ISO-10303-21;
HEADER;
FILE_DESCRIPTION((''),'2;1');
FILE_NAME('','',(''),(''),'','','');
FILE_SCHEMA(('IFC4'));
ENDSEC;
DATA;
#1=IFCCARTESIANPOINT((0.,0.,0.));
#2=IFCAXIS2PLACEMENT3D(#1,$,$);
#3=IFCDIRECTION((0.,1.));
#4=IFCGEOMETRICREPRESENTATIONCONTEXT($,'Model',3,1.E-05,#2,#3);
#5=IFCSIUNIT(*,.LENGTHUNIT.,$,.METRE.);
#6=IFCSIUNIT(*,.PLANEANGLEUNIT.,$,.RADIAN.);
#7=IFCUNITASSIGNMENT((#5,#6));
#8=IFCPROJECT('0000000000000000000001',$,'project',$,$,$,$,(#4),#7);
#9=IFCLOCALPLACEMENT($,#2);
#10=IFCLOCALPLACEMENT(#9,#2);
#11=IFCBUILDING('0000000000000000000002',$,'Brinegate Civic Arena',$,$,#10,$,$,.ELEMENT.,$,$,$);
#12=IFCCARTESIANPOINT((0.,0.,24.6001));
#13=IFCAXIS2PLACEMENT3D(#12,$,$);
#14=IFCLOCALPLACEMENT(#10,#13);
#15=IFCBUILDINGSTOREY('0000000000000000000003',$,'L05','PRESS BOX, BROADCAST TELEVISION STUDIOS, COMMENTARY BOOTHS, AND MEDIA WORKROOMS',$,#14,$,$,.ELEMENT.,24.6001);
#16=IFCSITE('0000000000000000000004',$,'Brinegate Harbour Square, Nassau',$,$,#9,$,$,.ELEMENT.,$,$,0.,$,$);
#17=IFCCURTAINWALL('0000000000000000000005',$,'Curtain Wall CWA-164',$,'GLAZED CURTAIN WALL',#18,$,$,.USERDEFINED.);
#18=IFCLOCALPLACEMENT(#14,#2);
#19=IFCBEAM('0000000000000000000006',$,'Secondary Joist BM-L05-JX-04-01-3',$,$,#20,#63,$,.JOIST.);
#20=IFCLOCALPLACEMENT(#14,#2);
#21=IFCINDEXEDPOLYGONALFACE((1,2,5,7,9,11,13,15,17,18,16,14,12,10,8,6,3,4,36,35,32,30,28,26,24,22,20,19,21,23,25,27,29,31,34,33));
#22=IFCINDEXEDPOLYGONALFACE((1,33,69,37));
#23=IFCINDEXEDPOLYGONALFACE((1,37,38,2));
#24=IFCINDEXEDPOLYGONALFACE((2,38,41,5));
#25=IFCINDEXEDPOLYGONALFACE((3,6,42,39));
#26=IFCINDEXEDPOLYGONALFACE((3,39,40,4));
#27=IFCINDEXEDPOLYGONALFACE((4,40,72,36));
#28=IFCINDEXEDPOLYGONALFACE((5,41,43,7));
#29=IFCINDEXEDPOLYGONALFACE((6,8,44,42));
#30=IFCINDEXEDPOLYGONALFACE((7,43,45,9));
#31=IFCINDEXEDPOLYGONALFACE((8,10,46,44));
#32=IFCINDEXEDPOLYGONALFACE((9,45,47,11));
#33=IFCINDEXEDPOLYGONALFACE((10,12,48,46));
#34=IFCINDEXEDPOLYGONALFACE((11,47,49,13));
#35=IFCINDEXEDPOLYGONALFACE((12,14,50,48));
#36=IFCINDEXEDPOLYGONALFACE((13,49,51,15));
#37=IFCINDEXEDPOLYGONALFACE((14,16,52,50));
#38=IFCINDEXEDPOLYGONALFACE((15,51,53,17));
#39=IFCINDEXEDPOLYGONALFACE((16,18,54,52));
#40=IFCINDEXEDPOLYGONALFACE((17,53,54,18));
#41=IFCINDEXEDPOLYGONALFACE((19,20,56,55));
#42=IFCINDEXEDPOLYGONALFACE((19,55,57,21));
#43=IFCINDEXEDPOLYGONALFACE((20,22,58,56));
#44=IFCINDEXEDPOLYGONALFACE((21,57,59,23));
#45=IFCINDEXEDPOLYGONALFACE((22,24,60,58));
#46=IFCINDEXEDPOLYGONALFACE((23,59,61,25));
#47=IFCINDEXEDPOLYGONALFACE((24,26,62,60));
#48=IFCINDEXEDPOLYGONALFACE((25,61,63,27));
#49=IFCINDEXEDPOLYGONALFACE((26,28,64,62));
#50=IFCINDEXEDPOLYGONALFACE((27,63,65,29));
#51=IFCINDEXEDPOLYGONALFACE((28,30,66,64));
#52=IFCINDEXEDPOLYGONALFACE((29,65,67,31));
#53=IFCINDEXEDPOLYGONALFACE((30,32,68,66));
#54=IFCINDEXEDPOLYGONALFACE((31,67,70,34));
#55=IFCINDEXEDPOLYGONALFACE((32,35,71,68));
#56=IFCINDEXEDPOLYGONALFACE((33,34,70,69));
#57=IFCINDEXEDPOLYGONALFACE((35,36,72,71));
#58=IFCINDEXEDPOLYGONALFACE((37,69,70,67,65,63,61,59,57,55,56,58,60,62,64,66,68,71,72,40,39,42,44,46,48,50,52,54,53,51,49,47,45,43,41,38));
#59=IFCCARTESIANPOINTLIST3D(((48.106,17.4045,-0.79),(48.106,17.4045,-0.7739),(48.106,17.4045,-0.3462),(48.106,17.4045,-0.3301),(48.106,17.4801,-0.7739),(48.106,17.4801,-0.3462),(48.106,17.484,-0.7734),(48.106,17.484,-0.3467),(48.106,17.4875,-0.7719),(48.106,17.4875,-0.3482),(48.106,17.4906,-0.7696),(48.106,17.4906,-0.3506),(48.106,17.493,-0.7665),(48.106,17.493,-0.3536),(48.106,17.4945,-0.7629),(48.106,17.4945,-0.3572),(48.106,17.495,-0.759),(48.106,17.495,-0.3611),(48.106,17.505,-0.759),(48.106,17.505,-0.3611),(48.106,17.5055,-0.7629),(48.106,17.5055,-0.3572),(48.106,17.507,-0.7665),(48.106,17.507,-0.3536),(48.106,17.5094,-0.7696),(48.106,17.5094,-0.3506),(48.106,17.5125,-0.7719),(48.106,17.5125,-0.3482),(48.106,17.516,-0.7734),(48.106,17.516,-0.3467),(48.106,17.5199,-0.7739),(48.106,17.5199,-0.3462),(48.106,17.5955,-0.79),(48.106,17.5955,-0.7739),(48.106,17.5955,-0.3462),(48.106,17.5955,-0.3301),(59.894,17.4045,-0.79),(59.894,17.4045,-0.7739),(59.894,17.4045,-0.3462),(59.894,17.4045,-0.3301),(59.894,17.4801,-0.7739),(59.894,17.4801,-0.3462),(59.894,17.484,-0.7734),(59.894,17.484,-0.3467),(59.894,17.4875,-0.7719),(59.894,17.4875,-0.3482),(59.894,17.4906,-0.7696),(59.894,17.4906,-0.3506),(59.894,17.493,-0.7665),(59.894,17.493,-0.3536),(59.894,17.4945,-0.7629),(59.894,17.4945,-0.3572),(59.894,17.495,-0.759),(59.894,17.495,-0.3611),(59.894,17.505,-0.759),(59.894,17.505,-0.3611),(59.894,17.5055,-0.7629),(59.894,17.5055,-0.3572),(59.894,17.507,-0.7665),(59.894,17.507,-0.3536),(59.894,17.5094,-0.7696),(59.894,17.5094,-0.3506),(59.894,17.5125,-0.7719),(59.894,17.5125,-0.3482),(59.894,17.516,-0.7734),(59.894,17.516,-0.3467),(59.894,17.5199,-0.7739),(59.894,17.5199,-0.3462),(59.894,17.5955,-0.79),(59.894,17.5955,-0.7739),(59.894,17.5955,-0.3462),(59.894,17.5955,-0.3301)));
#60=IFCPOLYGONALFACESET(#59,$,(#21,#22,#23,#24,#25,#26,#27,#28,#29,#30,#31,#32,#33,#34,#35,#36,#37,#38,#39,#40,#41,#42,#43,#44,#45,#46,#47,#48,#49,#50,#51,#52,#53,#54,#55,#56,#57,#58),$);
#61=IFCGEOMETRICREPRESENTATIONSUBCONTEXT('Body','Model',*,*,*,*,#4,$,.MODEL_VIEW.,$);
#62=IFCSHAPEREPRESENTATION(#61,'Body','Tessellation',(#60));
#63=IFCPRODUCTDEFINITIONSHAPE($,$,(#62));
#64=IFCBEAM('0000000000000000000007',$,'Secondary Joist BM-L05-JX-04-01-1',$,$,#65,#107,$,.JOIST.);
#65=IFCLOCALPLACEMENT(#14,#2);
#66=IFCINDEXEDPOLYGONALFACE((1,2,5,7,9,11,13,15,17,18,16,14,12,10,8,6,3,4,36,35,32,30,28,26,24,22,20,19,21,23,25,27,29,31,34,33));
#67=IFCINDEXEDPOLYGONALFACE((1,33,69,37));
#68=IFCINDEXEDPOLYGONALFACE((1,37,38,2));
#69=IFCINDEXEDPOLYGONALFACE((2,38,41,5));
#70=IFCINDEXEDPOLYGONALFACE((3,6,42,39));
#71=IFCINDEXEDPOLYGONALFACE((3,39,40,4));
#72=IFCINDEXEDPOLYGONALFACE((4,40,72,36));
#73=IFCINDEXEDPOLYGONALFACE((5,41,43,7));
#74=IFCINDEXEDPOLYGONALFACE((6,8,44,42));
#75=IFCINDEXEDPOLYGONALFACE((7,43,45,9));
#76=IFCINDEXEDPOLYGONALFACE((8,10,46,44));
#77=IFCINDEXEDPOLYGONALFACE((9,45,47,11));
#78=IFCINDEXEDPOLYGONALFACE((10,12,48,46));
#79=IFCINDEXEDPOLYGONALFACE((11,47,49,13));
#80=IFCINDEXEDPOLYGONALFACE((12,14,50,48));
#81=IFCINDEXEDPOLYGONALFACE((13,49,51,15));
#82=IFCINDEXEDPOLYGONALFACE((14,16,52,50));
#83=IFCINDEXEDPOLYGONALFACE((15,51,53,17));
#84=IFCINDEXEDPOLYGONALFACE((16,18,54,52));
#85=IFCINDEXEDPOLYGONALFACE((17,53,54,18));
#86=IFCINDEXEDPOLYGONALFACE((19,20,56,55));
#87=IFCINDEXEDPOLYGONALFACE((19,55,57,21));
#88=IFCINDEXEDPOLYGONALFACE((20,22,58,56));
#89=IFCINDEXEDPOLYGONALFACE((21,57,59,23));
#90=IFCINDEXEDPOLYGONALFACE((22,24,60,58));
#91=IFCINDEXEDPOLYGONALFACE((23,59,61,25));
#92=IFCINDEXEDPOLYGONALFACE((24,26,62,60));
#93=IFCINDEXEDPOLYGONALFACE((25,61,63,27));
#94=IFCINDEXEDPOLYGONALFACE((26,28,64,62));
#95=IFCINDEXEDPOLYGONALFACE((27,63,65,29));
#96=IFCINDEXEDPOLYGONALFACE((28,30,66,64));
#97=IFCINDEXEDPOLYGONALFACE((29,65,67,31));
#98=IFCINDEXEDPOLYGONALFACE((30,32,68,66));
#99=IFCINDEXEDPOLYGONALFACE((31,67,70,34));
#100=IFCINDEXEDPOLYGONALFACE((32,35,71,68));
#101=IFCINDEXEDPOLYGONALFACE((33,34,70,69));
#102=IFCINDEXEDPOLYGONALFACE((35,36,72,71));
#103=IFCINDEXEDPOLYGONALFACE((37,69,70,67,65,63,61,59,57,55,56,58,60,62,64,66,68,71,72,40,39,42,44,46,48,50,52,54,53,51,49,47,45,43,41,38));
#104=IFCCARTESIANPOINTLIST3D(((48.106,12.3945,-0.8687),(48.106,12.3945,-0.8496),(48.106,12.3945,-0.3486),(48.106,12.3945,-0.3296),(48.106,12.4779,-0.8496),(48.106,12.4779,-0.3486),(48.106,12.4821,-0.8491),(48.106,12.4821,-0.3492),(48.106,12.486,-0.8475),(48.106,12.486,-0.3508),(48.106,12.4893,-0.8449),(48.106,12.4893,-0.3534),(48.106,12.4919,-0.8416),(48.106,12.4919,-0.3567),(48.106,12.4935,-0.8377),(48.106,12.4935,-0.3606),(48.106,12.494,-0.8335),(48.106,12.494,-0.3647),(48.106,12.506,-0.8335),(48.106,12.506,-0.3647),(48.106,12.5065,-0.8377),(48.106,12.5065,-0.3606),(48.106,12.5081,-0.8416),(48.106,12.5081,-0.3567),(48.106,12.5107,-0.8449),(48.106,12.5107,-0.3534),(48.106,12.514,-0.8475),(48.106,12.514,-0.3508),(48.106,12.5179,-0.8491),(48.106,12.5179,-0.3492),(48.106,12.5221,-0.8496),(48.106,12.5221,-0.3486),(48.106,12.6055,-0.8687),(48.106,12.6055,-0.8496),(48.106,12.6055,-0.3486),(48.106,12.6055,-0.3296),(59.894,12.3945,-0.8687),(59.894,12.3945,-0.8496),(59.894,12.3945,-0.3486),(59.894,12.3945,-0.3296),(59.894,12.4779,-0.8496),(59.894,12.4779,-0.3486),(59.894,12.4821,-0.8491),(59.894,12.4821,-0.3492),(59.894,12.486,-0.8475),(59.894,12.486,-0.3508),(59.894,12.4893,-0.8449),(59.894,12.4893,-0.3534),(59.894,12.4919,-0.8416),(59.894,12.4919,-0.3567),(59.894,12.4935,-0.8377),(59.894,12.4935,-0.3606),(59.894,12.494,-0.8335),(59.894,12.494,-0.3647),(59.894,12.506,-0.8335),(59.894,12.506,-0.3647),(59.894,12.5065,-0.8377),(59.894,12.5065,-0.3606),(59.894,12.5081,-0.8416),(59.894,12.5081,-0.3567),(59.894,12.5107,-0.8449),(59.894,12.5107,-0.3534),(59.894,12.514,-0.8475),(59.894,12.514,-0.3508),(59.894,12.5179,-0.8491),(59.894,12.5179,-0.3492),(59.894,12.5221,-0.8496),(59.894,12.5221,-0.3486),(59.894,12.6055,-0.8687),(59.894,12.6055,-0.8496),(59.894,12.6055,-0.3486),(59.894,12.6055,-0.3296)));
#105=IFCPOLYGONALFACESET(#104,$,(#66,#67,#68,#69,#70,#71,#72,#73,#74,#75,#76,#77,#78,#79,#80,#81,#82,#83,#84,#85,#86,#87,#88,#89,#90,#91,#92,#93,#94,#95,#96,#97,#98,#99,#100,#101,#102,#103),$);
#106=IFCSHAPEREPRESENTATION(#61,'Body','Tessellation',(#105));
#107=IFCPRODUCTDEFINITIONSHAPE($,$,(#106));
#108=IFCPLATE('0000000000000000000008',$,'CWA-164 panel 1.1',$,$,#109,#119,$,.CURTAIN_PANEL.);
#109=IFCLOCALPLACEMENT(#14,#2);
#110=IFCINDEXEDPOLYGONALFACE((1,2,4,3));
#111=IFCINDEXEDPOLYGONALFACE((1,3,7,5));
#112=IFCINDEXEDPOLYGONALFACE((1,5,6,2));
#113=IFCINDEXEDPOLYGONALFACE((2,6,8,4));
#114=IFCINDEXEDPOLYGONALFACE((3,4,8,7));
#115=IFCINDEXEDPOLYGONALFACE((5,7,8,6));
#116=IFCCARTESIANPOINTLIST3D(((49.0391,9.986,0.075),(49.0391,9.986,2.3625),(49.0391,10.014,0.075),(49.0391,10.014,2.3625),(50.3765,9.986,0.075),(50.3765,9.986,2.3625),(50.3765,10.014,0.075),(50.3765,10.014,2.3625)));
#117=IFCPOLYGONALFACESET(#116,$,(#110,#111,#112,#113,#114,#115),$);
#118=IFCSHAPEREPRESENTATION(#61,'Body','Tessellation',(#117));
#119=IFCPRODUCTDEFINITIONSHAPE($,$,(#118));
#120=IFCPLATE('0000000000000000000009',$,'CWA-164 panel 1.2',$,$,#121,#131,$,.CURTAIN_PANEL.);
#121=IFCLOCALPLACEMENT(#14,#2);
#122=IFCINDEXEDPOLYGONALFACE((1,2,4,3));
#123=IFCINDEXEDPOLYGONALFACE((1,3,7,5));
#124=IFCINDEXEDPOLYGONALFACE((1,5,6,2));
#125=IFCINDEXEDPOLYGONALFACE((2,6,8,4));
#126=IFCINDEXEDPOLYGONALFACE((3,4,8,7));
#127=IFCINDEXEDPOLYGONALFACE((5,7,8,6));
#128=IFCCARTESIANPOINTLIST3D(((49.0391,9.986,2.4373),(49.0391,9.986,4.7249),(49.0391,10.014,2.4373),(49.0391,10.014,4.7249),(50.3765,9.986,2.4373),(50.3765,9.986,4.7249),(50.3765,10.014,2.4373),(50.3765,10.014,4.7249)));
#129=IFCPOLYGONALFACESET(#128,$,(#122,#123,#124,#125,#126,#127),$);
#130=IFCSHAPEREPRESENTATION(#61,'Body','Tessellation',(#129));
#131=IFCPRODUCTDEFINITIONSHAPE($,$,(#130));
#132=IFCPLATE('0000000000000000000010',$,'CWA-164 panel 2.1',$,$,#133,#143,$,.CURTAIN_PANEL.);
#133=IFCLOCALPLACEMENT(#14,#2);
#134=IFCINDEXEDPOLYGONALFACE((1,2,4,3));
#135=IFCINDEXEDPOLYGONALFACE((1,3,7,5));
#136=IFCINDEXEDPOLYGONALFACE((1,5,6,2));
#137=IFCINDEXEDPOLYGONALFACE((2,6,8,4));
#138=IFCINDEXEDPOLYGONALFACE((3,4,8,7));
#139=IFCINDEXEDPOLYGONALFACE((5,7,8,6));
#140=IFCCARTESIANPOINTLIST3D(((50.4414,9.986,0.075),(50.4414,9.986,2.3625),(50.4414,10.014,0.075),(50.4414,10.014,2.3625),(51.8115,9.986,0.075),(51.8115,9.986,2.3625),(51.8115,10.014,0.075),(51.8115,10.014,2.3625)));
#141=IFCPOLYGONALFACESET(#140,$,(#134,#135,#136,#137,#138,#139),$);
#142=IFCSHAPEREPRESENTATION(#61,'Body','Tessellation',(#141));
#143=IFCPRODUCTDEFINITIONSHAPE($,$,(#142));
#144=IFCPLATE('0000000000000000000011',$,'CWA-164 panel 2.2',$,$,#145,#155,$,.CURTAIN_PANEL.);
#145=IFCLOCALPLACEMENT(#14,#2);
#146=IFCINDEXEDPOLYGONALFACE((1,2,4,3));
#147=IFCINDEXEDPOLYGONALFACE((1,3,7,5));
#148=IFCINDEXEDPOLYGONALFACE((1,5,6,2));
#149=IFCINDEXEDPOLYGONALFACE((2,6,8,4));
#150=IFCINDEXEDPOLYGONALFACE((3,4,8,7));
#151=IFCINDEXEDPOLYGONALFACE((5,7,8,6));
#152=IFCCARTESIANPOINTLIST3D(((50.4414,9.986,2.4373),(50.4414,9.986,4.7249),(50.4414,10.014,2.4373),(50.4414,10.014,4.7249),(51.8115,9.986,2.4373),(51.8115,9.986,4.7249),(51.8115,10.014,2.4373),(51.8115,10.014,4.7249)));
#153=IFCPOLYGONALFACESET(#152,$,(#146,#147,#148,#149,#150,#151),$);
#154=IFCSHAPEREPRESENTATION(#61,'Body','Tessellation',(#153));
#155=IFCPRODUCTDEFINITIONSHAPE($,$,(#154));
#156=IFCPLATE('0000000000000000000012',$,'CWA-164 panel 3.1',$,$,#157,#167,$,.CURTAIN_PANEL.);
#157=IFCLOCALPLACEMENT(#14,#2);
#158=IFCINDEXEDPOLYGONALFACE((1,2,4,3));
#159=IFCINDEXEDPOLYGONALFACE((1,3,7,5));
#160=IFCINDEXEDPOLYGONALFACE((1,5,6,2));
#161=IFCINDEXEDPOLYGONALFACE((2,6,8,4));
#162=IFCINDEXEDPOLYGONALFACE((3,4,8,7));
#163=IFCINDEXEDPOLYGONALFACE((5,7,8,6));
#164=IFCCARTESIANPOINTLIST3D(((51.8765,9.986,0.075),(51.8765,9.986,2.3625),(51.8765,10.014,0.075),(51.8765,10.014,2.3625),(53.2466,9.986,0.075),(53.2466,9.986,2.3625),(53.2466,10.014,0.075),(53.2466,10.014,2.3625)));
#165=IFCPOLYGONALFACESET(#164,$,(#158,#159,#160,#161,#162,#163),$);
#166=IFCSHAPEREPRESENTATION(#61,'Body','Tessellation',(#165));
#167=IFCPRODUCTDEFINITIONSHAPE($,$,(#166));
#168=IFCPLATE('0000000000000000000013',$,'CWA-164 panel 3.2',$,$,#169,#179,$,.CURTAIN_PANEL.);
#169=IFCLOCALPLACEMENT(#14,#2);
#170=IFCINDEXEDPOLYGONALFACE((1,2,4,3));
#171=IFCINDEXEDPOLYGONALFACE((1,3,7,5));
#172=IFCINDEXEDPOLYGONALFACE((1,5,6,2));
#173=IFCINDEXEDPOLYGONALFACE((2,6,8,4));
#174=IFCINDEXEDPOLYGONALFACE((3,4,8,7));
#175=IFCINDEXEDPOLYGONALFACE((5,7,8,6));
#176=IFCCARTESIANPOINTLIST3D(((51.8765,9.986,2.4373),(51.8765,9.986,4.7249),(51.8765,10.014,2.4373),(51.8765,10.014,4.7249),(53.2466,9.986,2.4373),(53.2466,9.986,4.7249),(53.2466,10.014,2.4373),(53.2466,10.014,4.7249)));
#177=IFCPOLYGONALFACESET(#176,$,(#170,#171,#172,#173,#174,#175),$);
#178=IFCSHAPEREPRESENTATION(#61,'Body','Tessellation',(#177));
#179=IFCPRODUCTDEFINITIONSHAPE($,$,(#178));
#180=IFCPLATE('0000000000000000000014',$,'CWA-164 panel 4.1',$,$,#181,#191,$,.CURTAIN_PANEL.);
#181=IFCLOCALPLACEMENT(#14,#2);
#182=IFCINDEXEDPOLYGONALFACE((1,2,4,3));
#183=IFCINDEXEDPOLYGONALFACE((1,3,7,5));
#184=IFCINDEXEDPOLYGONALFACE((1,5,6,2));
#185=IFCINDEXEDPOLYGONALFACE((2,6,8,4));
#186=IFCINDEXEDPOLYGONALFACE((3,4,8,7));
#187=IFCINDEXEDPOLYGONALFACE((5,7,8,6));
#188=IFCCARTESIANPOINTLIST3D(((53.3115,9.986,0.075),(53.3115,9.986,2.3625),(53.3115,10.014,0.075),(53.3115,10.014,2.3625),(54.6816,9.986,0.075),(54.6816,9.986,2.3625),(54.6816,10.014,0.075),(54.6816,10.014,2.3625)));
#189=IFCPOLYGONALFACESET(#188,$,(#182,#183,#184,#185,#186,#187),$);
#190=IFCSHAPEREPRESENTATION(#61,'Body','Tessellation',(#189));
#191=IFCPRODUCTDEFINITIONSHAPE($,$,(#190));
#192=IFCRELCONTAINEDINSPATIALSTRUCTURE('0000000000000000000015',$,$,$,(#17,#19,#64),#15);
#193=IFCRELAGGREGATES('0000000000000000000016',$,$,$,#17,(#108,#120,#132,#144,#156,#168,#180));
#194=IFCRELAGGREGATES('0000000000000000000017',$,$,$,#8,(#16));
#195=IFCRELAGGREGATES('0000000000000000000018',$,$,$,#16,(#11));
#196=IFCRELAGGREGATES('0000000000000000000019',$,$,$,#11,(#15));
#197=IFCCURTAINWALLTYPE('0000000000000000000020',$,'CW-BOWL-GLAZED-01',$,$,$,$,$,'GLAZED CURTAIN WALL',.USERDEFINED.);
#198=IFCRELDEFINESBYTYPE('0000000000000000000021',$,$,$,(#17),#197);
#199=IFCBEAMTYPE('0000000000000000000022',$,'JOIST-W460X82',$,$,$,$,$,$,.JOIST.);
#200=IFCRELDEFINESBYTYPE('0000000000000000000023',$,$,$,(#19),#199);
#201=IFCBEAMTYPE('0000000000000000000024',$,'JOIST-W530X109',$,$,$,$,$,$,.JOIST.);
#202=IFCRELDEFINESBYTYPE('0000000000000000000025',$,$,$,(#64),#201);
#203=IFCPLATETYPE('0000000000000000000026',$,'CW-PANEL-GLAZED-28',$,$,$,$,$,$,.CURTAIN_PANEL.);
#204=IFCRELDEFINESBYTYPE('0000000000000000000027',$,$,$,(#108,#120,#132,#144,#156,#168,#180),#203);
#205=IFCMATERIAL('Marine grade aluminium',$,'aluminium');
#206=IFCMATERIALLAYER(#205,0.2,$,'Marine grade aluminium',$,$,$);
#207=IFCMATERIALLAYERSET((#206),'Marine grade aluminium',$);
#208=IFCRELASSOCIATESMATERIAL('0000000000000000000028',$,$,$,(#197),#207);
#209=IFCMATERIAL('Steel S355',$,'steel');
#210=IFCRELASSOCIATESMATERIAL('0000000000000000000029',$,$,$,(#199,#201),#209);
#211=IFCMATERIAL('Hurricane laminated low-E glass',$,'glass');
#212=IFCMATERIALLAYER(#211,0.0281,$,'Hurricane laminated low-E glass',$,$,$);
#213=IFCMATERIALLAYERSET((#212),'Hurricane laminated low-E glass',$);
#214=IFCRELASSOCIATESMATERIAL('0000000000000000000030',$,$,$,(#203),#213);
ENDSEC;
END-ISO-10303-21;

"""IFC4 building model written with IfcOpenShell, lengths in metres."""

from ifc_helpers import new_model, si_unit, direction, frame, origin, origin_2d, place, context, subcontext, project, spatial, rectangle, i_section, extrude, material, layer, layer_set, material_profile, profile_set, type_object, element, aggregate, save


model = new_model("IFC4")

# Units and contexts
model_context = context("Model", 3, precision=1e-05, world=origin(), true_north=direction((0.0, 1.0)))
body_context = subcontext(model_context, "Body", "Model", "MODEL_VIEW")
ifc_project = project(units=[si_unit("LENGTHUNIT", "METRE"), si_unit("PLANEANGLEUNIT", "RADIAN")], contexts=[model_context])

# Site, building, storey
site_placement = place(None, origin())
site = spatial("IfcSite", under=ifc_project, at=site_placement, Name="Brinegate Harbour Square, Nassau", CompositionType="ELEMENT", RefElevation=0.0)
building_placement = place(site_placement, origin())
building = spatial("IfcBuilding", under=site, at=building_placement, Name="Brinegate Civic Arena", CompositionType="ELEMENT")
storey_placement = place(building_placement, frame((0.0, 0.0, 24.6001)))
storey = spatial("IfcBuildingStorey", under=building, at=storey_placement, Name="L05", Description="PRESS BOX, BROADCAST TELEVISION STUDIOS, COMMENTARY BOOTHS, AND MEDIA WORKROOMS", CompositionType="ELEMENT", Elevation=24.6001)

# Curtain wall
ifc_material_1 = material(Name="Marine grade aluminium", Category="aluminium")
ifc_layer_1 = layer(ifc_material_1, 0.2, Name="Marine grade aluminium")
ifc_layer_set_1 = layer_set([ifc_layer_1], Name="Marine grade aluminium")
curtain_wall_type = type_object("IfcCurtainWallType", Name="CW-BOWL-GLAZED-01", ElementType="GLAZED CURTAIN WALL", PredefinedType="USERDEFINED", material=ifc_layer_set_1)
curtain_wall_placement = place(storey_placement, origin())
curtain_wall = element("IfcCurtainWall", 1, at=curtain_wall_placement, inside=storey, type_object=curtain_wall_type, Name="Curtain Wall CWA-164", ObjectType="GLAZED CURTAIN WALL", PredefinedType="USERDEFINED")

# Beams
ifc_material_2 = material(Name="Steel S355", Category="steel")
ifc_material_profile_1 = material_profile(ifc_material_2, i_section(OverallWidth=0.1909, OverallDepth=0.46, WebThickness=0.01, FlangeThickness=0.0161, FilletRadius=0.0149, at=origin_2d()), Name="W460X82")
ifc_profile_set_1 = profile_set([ifc_material_profile_1], Name="Steel S355")
beam_type_1 = type_object("IfcBeamType", Name="JOIST-W460X82", PredefinedType="JOIST", material=ifc_profile_set_1)
beam_1_placement = place(storey_placement, frame((48.106, 17.5, -0.5601), z_axis=(1.0, 0.0, 0.0), x_axis=(0.0, 1.0, 0.0)))
element("IfcBeam", 2, at=beam_1_placement, inside=storey, type_object=beam_type_1, Name="Secondary Joist BM-L05-JX-04-01-3", PredefinedType="JOIST", context=body_context, shape_type="SweptSolid", body=[
    extrude(i_section(OverallWidth=0.1909, OverallDepth=0.46, WebThickness=0.01, FlangeThickness=0.0161, FilletRadius=0.0149, at=origin_2d()), origin(), (0.0, 0.0, 1.0), 11.7881),
])
ifc_material_profile_2 = material_profile(ifc_material_2, i_section(OverallWidth=0.2109, OverallDepth=0.5391, WebThickness=0.012, FlangeThickness=0.019, FilletRadius=0.0161, at=origin_2d()), Name="W530X109")
ifc_profile_set_2 = profile_set([ifc_material_profile_2], Name="Steel S355")
beam_type_2 = type_object("IfcBeamType", Name="JOIST-W530X109", PredefinedType="JOIST", material=ifc_profile_set_2)
beam_2_placement = place(storey_placement, frame((48.106, 12.5, -0.5991), z_axis=(1.0, 0.0, 0.0), x_axis=(0.0, 1.0, 0.0)))
element("IfcBeam", 3, at=beam_2_placement, inside=storey, type_object=beam_type_2, Name="Secondary Joist BM-L05-JX-04-01-1", PredefinedType="JOIST", context=body_context, shape_type="SweptSolid", body=[
    extrude(i_section(OverallWidth=0.2109, OverallDepth=0.5391, WebThickness=0.012, FlangeThickness=0.019, FilletRadius=0.0161, at=origin_2d()), origin(), (0.0, 0.0, 1.0), 11.7881),
])

# Plates
ifc_material_3 = material(Name="Hurricane laminated low-E glass", Category="glass")
ifc_layer_2 = layer(ifc_material_3, 0.0281, Name="Hurricane laminated low-E glass")
ifc_layer_set_2 = layer_set([ifc_layer_2], Name="Hurricane laminated low-E glass")
plate_type = type_object("IfcPlateType", Name="CW-PANEL-GLAZED-28", PredefinedType="CURTAIN_PANEL", material=ifc_layer_set_2)
plate_1_placement = place(storey_placement, frame((49.7078, 10.0, 0.075), z_axis=(0.0, 0.0, 1.0), x_axis=(1.0, 0.0, 0.0)))
plate_1 = element("IfcPlate", 4, at=plate_1_placement, type_object=plate_type, Name="CWA-164 panel 1.1", PredefinedType="CURTAIN_PANEL", context=body_context, shape_type="SweptSolid", body=[
    extrude(rectangle(XDim=1.3374, YDim=0.0281, at=origin_2d()), origin(), (0.0, 0.0, 1.0), 2.2876),
])
plate_2_placement = place(storey_placement, frame((49.7078, 10.0, 2.4373), z_axis=(0.0, 0.0, 1.0), x_axis=(1.0, 0.0, 0.0)))
plate_2 = element("IfcPlate", 5, at=plate_2_placement, type_object=plate_type, Name="CWA-164 panel 1.2", PredefinedType="CURTAIN_PANEL", context=body_context, shape_type="SweptSolid", body=[
    extrude(rectangle(XDim=1.3374, YDim=0.0281, at=origin_2d()), origin(), (0.0, 0.0, 1.0), 2.2876),
])
plate_3_placement = place(storey_placement, frame((51.1265, 10.0, 0.075), z_axis=(0.0, 0.0, 1.0), x_axis=(1.0, 0.0, 0.0)))
plate_3 = element("IfcPlate", 6, at=plate_3_placement, type_object=plate_type, Name="CWA-164 panel 2.1", PredefinedType="CURTAIN_PANEL", context=body_context, shape_type="SweptSolid", body=[
    extrude(rectangle(XDim=1.3701, YDim=0.0281, at=origin_2d()), origin(), (0.0, 0.0, 1.0), 2.2876),
])
plate_4_placement = place(storey_placement, frame((51.1265, 10.0, 2.4373), z_axis=(0.0, 0.0, 1.0), x_axis=(1.0, 0.0, 0.0)))
plate_4 = element("IfcPlate", 7, at=plate_4_placement, type_object=plate_type, Name="CWA-164 panel 2.2", PredefinedType="CURTAIN_PANEL", context=body_context, shape_type="SweptSolid", body=[
    extrude(rectangle(XDim=1.3701, YDim=0.0281, at=origin_2d()), origin(), (0.0, 0.0, 1.0), 2.2876),
])
plate_5_placement = place(storey_placement, frame((52.5615, 10.0, 0.075), z_axis=(0.0, 0.0, 1.0), x_axis=(1.0, 0.0, 0.0)))
plate_5 = element("IfcPlate", 8, at=plate_5_placement, type_object=plate_type, Name="CWA-164 panel 3.1", PredefinedType="CURTAIN_PANEL", context=body_context, shape_type="SweptSolid", body=[
    extrude(rectangle(XDim=1.3701, YDim=0.0281, at=origin_2d()), origin(), (0.0, 0.0, 1.0), 2.2876),
])
plate_6_placement = place(storey_placement, frame((52.5615, 10.0, 2.4373), z_axis=(0.0, 0.0, 1.0), x_axis=(1.0, 0.0, 0.0)))
plate_6 = element("IfcPlate", 9, at=plate_6_placement, type_object=plate_type, Name="CWA-164 panel 3.2", PredefinedType="CURTAIN_PANEL", context=body_context, shape_type="SweptSolid", body=[
    extrude(rectangle(XDim=1.3701, YDim=0.0281, at=origin_2d()), origin(), (0.0, 0.0, 1.0), 2.2876),
])
plate_7_placement = place(storey_placement, frame((53.9966, 10.0, 0.075), z_axis=(0.0, 0.0, 1.0), x_axis=(1.0, 0.0, 0.0)))
plate_7 = element("IfcPlate", 10, at=plate_7_placement, type_object=plate_type, Name="CWA-164 panel 4.1", PredefinedType="CURTAIN_PANEL", context=body_context, shape_type="SweptSolid", body=[
    extrude(rectangle(XDim=1.3701, YDim=0.0281, at=origin_2d()), origin(), (0.0, 0.0, 1.0), 2.2876),
])
aggregate(curtain_wall, [plate_1, plate_2, plate_3, plate_4, plate_5, plate_6, plate_7])

save(model, "model.ifc")
